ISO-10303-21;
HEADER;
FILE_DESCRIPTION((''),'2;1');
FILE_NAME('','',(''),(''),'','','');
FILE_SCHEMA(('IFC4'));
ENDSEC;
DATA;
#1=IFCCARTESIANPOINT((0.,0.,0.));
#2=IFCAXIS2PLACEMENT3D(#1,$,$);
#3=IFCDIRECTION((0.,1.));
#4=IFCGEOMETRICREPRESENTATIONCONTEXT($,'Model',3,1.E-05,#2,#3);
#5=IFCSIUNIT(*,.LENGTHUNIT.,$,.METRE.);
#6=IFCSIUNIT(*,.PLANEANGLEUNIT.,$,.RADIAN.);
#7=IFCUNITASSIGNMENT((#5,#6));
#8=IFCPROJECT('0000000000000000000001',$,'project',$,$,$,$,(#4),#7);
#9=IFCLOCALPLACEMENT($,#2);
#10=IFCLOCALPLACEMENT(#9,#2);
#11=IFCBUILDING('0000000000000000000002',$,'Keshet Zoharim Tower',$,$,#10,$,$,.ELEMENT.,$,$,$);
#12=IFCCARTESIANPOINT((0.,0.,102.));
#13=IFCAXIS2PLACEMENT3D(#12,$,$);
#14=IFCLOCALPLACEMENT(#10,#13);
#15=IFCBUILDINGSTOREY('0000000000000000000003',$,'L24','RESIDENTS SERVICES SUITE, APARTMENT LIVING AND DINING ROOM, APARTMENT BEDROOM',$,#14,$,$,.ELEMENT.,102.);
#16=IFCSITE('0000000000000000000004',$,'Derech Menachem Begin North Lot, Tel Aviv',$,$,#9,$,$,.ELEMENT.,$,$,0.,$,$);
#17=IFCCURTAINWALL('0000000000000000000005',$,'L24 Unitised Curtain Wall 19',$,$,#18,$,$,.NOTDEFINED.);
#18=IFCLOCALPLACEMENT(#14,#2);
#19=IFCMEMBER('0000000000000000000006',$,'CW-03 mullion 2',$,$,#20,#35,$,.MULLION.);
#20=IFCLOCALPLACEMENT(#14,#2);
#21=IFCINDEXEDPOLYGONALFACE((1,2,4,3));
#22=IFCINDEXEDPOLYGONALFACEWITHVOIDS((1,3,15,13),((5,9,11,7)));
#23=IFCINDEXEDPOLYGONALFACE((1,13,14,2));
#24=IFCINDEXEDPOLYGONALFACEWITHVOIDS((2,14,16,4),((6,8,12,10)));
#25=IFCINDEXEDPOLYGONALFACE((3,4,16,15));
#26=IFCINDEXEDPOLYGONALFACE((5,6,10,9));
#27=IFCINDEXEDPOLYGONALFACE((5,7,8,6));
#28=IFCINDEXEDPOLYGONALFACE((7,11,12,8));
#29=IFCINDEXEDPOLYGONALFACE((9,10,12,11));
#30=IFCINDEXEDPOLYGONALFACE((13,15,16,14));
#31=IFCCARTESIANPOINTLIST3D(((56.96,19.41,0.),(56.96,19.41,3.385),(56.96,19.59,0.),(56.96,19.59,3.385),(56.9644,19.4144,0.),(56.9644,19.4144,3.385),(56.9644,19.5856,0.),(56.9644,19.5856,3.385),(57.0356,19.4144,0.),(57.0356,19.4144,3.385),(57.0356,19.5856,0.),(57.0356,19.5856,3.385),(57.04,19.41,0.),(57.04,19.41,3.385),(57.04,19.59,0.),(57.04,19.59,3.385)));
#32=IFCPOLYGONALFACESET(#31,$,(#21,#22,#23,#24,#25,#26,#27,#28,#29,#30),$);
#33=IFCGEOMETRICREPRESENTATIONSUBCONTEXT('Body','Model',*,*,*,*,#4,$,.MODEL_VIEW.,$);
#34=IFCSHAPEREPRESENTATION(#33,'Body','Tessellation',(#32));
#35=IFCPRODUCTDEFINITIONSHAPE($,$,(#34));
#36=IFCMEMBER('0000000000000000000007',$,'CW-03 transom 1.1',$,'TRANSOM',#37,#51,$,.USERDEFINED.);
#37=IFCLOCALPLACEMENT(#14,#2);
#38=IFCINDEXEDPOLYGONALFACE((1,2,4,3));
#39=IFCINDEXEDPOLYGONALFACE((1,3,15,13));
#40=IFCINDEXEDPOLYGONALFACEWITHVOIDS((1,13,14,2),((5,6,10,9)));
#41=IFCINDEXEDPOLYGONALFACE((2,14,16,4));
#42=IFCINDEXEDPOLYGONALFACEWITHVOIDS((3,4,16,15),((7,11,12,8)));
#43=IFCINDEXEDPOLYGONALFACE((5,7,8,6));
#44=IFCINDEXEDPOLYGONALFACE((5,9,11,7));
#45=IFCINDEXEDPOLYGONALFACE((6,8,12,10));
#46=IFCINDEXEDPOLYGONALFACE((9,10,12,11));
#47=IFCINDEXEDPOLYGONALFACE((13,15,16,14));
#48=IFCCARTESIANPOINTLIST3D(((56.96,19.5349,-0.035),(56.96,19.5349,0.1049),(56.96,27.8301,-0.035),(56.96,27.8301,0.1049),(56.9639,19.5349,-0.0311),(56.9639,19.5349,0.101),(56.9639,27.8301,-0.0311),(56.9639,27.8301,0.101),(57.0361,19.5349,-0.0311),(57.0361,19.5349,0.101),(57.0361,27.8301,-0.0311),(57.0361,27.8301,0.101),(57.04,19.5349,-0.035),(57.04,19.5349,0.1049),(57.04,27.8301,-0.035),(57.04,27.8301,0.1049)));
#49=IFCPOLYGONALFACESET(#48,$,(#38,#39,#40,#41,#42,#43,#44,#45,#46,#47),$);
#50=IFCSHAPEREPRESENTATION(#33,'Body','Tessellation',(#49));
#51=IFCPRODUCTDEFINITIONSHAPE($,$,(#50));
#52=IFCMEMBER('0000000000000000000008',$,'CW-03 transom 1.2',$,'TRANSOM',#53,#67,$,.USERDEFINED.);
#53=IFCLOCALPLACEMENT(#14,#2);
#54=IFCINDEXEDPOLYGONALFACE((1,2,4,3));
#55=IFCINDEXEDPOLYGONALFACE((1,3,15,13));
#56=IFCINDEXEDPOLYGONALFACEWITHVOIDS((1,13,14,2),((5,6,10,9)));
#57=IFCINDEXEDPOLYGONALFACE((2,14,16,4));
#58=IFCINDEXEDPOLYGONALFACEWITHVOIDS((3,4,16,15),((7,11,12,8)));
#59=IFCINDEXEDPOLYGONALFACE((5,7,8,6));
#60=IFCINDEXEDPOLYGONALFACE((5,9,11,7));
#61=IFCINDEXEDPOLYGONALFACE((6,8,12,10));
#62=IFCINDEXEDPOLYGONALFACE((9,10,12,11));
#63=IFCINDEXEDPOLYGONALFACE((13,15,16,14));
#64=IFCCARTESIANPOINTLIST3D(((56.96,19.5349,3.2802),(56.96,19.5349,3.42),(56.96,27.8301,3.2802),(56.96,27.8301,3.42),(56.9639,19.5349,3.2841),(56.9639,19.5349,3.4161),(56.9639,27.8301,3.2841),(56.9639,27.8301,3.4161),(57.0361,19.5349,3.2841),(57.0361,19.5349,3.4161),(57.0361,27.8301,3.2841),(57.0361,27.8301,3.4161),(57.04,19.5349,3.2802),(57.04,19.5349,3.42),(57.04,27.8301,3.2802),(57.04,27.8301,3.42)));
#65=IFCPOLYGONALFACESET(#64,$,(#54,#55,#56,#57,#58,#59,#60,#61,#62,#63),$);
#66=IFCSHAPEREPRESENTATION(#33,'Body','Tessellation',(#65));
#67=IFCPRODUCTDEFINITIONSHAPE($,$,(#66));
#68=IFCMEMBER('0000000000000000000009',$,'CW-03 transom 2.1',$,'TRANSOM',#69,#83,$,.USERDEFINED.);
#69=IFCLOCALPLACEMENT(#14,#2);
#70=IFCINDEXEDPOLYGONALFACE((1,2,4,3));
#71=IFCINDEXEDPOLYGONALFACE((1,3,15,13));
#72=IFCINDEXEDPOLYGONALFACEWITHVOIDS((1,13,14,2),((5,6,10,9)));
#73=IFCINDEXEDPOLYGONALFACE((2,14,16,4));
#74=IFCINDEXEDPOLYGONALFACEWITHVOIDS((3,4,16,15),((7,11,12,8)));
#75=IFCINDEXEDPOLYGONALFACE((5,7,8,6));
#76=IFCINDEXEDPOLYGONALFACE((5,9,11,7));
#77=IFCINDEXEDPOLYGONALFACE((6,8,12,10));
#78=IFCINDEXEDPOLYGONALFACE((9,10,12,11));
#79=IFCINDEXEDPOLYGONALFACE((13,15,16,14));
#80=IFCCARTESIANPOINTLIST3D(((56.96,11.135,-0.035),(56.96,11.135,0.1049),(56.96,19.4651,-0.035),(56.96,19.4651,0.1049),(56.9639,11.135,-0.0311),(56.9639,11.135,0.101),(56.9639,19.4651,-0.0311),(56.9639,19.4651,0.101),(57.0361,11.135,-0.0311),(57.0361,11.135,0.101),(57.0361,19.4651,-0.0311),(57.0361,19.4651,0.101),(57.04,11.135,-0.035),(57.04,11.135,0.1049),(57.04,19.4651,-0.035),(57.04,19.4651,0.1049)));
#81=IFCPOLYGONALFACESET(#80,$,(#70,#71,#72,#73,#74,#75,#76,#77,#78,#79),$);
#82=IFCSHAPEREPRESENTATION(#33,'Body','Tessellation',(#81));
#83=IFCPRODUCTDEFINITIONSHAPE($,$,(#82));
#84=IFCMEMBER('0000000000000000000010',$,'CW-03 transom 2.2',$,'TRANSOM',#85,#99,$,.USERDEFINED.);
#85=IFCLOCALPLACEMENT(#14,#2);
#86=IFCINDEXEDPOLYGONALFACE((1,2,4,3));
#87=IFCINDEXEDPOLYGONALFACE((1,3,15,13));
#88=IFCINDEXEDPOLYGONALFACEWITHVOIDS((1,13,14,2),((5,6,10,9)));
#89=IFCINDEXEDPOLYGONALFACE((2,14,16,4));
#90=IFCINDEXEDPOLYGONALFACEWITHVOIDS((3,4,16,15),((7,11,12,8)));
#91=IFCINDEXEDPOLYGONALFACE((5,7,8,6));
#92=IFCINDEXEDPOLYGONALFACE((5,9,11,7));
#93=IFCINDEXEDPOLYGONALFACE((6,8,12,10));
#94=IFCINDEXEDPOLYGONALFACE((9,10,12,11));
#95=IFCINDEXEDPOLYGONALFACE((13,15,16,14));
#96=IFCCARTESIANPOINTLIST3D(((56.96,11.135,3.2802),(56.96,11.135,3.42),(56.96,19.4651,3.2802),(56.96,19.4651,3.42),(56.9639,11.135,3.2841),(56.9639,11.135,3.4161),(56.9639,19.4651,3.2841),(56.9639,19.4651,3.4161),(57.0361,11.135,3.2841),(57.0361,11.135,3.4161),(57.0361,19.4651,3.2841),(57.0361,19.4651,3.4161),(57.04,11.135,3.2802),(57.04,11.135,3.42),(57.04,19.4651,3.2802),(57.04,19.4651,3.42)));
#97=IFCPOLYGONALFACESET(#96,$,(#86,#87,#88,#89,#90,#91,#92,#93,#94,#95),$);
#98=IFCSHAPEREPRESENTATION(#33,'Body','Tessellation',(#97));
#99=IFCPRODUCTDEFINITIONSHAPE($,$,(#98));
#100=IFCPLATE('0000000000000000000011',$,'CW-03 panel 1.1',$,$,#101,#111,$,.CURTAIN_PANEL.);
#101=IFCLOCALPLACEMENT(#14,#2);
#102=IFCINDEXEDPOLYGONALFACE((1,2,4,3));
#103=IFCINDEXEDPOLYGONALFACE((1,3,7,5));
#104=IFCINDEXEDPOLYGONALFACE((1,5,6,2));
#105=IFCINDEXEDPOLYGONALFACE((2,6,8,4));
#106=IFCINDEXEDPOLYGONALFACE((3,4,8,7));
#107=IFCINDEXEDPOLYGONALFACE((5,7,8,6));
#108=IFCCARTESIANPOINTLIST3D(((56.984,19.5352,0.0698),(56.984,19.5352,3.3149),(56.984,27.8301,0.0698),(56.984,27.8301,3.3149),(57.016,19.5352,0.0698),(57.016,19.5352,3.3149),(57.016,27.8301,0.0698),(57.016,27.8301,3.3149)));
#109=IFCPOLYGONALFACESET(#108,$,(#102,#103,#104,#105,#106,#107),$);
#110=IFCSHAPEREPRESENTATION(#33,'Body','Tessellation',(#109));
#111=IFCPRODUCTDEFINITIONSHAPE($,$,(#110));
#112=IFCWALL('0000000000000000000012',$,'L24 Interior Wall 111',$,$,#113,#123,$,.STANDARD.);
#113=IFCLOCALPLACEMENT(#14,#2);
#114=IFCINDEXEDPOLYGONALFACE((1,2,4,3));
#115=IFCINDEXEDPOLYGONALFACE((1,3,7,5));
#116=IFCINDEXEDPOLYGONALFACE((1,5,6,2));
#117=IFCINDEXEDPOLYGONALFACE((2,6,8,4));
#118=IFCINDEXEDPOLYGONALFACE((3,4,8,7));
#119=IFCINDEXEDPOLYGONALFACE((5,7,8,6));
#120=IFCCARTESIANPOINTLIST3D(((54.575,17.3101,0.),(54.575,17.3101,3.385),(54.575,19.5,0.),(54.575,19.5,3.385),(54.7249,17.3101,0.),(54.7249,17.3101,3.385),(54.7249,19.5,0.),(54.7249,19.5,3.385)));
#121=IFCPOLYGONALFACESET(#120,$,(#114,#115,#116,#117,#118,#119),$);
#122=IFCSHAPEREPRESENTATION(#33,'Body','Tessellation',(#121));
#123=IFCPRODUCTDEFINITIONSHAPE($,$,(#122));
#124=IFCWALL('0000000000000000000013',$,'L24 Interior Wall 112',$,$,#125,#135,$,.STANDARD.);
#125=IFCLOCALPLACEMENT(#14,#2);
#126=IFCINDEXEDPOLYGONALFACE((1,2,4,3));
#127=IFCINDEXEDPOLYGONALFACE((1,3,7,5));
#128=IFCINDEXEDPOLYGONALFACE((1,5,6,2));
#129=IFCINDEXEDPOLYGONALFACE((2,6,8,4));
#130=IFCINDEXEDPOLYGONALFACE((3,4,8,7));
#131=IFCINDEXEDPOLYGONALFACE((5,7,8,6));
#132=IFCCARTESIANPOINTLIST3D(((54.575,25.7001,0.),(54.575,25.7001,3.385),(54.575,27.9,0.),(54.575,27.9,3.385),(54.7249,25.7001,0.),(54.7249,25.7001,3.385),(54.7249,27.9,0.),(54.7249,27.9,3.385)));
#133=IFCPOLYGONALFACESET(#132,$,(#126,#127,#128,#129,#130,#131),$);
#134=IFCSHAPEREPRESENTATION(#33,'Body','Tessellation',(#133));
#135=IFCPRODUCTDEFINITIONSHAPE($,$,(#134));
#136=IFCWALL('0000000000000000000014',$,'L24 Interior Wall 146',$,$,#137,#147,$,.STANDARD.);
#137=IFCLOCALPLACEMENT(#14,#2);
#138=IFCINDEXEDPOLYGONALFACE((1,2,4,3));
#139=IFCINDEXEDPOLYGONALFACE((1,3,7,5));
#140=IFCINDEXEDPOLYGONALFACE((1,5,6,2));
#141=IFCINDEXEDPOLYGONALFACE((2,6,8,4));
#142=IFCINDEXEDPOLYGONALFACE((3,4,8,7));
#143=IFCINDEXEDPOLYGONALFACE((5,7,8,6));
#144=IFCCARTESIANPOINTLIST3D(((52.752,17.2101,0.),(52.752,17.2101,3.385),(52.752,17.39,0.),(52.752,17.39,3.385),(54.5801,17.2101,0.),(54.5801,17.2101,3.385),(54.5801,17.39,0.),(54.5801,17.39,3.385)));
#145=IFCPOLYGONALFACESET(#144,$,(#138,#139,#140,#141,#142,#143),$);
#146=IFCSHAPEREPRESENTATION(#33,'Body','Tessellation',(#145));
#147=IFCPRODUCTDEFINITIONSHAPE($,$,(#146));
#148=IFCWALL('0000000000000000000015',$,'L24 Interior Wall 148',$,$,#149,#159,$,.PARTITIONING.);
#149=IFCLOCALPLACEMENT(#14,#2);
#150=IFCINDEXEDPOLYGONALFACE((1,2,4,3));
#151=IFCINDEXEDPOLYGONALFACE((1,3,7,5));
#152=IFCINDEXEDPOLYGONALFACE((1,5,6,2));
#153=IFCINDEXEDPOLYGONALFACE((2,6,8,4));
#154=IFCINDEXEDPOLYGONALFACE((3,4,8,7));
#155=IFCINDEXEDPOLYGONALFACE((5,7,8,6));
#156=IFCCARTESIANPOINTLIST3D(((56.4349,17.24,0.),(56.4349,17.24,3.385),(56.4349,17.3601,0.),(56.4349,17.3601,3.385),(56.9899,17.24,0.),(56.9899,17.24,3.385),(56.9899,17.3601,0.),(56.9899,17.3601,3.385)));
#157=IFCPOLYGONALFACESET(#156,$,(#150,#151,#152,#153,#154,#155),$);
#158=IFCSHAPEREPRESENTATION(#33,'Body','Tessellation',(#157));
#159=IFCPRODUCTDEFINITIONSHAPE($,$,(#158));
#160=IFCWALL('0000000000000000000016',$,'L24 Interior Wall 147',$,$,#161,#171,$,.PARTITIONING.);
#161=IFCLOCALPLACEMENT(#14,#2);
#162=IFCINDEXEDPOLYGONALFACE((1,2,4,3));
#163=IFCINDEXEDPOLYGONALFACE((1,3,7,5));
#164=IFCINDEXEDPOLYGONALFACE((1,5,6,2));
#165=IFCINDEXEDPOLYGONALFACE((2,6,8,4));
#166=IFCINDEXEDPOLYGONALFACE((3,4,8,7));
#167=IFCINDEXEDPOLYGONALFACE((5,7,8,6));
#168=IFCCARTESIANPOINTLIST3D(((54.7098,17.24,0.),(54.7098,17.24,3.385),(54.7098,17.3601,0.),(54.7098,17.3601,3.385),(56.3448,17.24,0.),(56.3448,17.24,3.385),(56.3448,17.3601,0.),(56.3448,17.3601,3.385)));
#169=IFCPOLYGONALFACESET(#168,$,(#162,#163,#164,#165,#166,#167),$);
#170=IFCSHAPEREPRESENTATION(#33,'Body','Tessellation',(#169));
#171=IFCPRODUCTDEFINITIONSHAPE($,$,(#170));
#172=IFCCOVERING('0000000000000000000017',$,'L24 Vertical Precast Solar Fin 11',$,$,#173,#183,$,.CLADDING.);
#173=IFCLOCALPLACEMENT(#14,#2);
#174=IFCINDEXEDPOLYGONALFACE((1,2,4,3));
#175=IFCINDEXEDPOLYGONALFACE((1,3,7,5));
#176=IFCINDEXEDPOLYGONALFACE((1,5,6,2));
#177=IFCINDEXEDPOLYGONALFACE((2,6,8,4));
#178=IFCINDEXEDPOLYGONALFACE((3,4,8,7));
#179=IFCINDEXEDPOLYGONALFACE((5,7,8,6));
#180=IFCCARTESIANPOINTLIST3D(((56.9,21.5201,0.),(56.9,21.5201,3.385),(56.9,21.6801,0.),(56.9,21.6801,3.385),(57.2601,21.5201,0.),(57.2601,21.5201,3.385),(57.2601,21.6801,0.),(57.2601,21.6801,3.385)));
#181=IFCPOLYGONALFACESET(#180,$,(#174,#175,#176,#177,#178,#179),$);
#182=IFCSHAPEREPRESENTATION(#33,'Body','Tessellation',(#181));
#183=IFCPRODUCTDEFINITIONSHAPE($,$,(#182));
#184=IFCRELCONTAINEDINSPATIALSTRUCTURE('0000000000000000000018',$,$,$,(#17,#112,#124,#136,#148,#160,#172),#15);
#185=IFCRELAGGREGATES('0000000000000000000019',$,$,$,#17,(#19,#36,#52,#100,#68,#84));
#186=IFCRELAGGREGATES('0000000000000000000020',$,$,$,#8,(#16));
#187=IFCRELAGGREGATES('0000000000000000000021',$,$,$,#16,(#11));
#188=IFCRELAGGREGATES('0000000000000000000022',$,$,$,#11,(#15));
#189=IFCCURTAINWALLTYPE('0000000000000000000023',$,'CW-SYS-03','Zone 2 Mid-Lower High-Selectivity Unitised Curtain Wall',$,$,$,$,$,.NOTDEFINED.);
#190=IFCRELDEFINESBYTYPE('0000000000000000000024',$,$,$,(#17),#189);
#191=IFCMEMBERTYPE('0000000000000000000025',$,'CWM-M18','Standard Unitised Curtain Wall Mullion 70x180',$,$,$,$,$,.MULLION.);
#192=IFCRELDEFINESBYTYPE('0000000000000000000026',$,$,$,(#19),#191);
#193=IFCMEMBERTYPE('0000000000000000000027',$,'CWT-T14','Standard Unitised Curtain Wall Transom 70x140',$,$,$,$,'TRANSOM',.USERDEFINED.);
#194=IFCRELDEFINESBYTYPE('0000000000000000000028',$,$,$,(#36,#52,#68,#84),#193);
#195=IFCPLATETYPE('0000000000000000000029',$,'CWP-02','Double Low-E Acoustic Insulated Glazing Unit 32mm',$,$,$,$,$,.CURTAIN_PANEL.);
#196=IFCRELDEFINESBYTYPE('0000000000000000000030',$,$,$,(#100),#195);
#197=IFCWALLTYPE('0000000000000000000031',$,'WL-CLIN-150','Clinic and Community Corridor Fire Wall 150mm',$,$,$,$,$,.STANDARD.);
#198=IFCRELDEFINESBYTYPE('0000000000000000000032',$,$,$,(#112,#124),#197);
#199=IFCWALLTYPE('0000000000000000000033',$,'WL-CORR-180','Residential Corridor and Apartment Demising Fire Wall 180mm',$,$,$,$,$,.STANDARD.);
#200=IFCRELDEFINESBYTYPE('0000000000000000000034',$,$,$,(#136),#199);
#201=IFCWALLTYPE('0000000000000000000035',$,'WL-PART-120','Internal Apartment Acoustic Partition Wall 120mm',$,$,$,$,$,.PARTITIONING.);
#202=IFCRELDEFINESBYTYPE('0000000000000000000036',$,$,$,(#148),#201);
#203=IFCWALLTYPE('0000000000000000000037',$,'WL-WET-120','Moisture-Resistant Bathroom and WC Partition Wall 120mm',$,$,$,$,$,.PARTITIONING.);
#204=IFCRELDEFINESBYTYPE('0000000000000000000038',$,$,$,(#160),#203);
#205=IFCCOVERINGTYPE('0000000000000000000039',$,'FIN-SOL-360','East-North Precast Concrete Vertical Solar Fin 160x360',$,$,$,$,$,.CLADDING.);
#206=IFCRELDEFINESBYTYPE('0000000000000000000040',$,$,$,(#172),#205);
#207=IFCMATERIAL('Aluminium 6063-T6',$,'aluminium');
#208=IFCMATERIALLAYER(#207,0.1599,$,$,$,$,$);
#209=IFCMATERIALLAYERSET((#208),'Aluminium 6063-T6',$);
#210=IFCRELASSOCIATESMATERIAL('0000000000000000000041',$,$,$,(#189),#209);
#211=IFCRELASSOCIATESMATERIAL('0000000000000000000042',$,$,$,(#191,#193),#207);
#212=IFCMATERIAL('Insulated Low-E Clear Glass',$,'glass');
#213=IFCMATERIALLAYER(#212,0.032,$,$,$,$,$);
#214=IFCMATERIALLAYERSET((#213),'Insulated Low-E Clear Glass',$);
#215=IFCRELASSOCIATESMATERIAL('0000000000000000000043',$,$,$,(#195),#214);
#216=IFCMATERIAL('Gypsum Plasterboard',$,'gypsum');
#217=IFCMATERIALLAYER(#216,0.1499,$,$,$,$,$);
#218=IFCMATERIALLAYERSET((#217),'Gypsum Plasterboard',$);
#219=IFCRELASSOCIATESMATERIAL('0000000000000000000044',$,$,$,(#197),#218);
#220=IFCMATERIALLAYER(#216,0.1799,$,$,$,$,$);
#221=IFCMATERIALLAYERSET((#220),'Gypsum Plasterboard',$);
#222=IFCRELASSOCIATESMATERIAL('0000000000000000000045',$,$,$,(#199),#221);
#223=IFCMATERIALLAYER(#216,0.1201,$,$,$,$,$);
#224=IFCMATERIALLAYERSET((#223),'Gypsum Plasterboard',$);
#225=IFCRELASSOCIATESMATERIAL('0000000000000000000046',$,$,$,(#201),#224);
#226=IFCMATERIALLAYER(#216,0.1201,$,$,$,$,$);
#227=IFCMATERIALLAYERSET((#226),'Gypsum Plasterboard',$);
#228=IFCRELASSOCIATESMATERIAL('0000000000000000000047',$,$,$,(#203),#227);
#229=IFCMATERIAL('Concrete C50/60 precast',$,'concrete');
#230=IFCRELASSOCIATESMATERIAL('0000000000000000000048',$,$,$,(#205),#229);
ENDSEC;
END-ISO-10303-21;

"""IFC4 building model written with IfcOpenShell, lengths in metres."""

from ifc_helpers import new_model, si_unit, direction, frame, frame_2d, origin, origin_2d, place, context, subcontext, project, spatial, rectangle, hollow_rectangle, extrude, material, layer, layer_set, material_profile, profile_set, type_object, element, aggregate, save


model = new_model("IFC4")

# Units and contexts
model_context = context("Model", 3, precision=1e-05, world=origin(), true_north=direction((0.0, 1.0)))
body_context = subcontext(model_context, "Body", "Model", "MODEL_VIEW")
ifc_project = project(units=[si_unit("LENGTHUNIT", "METRE"), si_unit("PLANEANGLEUNIT", "RADIAN")], contexts=[model_context])

# Site, building, storey
site_placement = place(None, origin())
site = spatial("IfcSite", under=ifc_project, at=site_placement, Name="Derech Menachem Begin North Lot, Tel Aviv", CompositionType="ELEMENT", RefElevation=0.0)
building_placement = place(site_placement, origin())
building = spatial("IfcBuilding", under=site, at=building_placement, Name="Keshet Zoharim Tower", CompositionType="ELEMENT")
storey_placement = place(building_placement, frame((0.0, 0.0, 102.0)))
storey = spatial("IfcBuildingStorey", under=building, at=storey_placement, Name="L24", Description="RESIDENTS SERVICES SUITE, APARTMENT LIVING AND DINING ROOM, APARTMENT BEDROOM", CompositionType="ELEMENT", Elevation=102.0)

# Curtain wall, members, plate
ifc_material_1 = material(Name="Aluminium 6063-T6", Category="aluminium")
ifc_layer_1 = layer(ifc_material_1, 0.1599)
ifc_layer_set_1 = layer_set([ifc_layer_1], Name="Aluminium 6063-T6")
curtain_wall_type = type_object("IfcCurtainWallType", Name="CW-SYS-03", Description="Zone 2 Mid-Lower High-Selectivity Unitised Curtain Wall", PredefinedType="NOTDEFINED", material=ifc_layer_set_1)
curtain_wall_placement = place(storey_placement, origin())
curtain_wall = element("IfcCurtainWall", 1, at=curtain_wall_placement, inside=storey, type_object=curtain_wall_type, Name="L24 Unitised Curtain Wall 19", PredefinedType="NOTDEFINED")
ifc_material_profile_1 = material_profile(ifc_material_1, hollow_rectangle(XDim=0.0801, YDim=0.1799, WallThickness=0.0044, at=origin_2d()), Name="MUL-80x180")
ifc_profile_set_1 = profile_set([ifc_material_profile_1], Name="Aluminium 6063-T6")
member_type_1 = type_object("IfcMemberType", Name="CWM-M18", Description="Standard Unitised Curtain Wall Mullion 70x180", PredefinedType="MULLION", material=ifc_profile_set_1)
member_1_placement = place(storey_placement, frame((57.0, 19.5, 0.0), z_axis=(0.0, 0.0, 1.0), x_axis=(1.0, 0.0, 0.0)))
member_1 = element("IfcMember", 2, at=member_1_placement, type_object=member_type_1, Name="CW-03 mullion 2", PredefinedType="MULLION", context=body_context, shape_type="SweptSolid", body=[
    extrude(hollow_rectangle(XDim=0.0801, YDim=0.1799, WallThickness=0.0044, at=origin_2d()), origin(), (0.0, 0.0, 1.0), 3.385),
])
ifc_material_profile_2 = material_profile(ifc_material_1, hollow_rectangle(XDim=0.0801, YDim=0.1399, WallThickness=0.0039, at=origin_2d()), Name="TRN-80x140")
ifc_profile_set_2 = profile_set([ifc_material_profile_2], Name="Aluminium 6063-T6")
member_type_2 = type_object("IfcMemberType", Name="CWT-T14", Description="Standard Unitised Curtain Wall Transom 70x140", ElementType="TRANSOM", PredefinedType="USERDEFINED", material=ifc_profile_set_2)
member_2_placement = place(storey_placement, frame((57.0, 27.8301, 0.0349), z_axis=(0.0, -1.0, 0.0), x_axis=(1.0, 0.0, 0.0)))
member_2 = element("IfcMember", 3, at=member_2_placement, type_object=member_type_2, Name="CW-03 transom 1.1", ObjectType="TRANSOM", PredefinedType="USERDEFINED", context=body_context, shape_type="SweptSolid", body=[
    extrude(hollow_rectangle(XDim=0.0801, YDim=0.1399, WallThickness=0.0039, at=origin_2d()), origin(), (0.0, 0.0, 1.0), 8.2952),
])
member_3_placement = place(storey_placement, frame((57.0, 27.8301, 3.3501), z_axis=(0.0, -1.0, 0.0), x_axis=(1.0, 0.0, 0.0)))
member_3 = element("IfcMember", 4, at=member_3_placement, type_object=member_type_2, Name="CW-03 transom 1.2", ObjectType="TRANSOM", PredefinedType="USERDEFINED", context=body_context, shape_type="SweptSolid", body=[
    extrude(hollow_rectangle(XDim=0.0801, YDim=0.1399, WallThickness=0.0039, at=origin_2d()), origin(), (0.0, 0.0, 1.0), 8.2952),
])
member_4_placement = place(storey_placement, frame((57.0, 19.4651, 0.0349), z_axis=(0.0, -1.0, 0.0), x_axis=(1.0, 0.0, 0.0)))
member_4 = element("IfcMember", 5, at=member_4_placement, type_object=member_type_2, Name="CW-03 transom 2.1", ObjectType="TRANSOM", PredefinedType="USERDEFINED", context=body_context, shape_type="SweptSolid", body=[
    extrude(hollow_rectangle(XDim=0.0801, YDim=0.1399, WallThickness=0.0039, at=origin_2d()), origin(), (0.0, 0.0, 1.0), 8.3301),
])
member_5_placement = place(storey_placement, frame((57.0, 19.4651, 3.3501), z_axis=(0.0, -1.0, 0.0), x_axis=(1.0, 0.0, 0.0)))
member_5 = element("IfcMember", 6, at=member_5_placement, type_object=member_type_2, Name="CW-03 transom 2.2", ObjectType="TRANSOM", PredefinedType="USERDEFINED", context=body_context, shape_type="SweptSolid", body=[
    extrude(hollow_rectangle(XDim=0.0801, YDim=0.1399, WallThickness=0.0039, at=origin_2d()), origin(), (0.0, 0.0, 1.0), 8.3301),
])
ifc_material_2 = material(Name="Insulated Low-E Clear Glass", Category="glass")
ifc_layer_2 = layer(ifc_material_2, 0.032)
ifc_layer_set_2 = layer_set([ifc_layer_2], Name="Insulated Low-E Clear Glass")
plate_type = type_object("IfcPlateType", Name="CWP-02", Description="Double Low-E Acoustic Insulated Glazing Unit 32mm", PredefinedType="CURTAIN_PANEL", material=ifc_layer_set_2)
plate_placement = place(storey_placement, frame((57.0, 23.6826, 0.0698), z_axis=(0.0, 0.0, 1.0), x_axis=(0.0, -1.0, 0.0)))
plate = element("IfcPlate", 7, at=plate_placement, type_object=plate_type, Name="CW-03 panel 1.1", PredefinedType="CURTAIN_PANEL", context=body_context, shape_type="SweptSolid", body=[
    extrude(rectangle(XDim=8.2949, YDim=0.032, at=origin_2d()), origin(), (0.0, 0.0, 1.0), 3.2451),
])
aggregate(curtain_wall, [member_1, member_2, member_3, plate, member_4, member_5])

# Walls
ifc_material_3 = material(Name="Gypsum Plasterboard", Category="gypsum")
ifc_layer_3 = layer(ifc_material_3, 0.1499)
ifc_layer_set_3 = layer_set([ifc_layer_3], Name="Gypsum Plasterboard")
wall_type_1 = type_object("IfcWallType", Name="WL-CLIN-150", Description="Clinic and Community Corridor Fire Wall 150mm", PredefinedType="STANDARD", material=ifc_layer_set_3)
wall_1_placement = place(storey_placement, frame((54.6499, 17.3101, 0.0), z_axis=(0.0, 0.0, 1.0), x_axis=(0.0, 1.0, 0.0)))
element("IfcWall", 8, at=wall_1_placement, inside=storey, type_object=wall_type_1, Name="L24 Interior Wall 111", PredefinedType="STANDARD", context=body_context, shape_type="SweptSolid", body=[
    extrude(rectangle(XDim=2.1899, YDim=0.1499, at=frame_2d((1.095, 0.0))), origin(), (0.0, 0.0, 1.0), 3.385),
])
wall_2_placement = place(storey_placement, frame((54.6499, 25.7, 0.0), z_axis=(0.0, 0.0, 1.0), x_axis=(0.0, 1.0, 0.0)))
element("IfcWall", 9, at=wall_2_placement, inside=storey, type_object=wall_type_1, Name="L24 Interior Wall 112", PredefinedType="STANDARD", context=body_context, shape_type="SweptSolid", body=[
    extrude(rectangle(XDim=2.2, YDim=0.1499, at=frame_2d((1.1001, 0.0))), origin(), (0.0, 0.0, 1.0), 3.385),
])
ifc_layer_4 = layer(ifc_material_3, 0.1799)
ifc_layer_set_4 = layer_set([ifc_layer_4], Name="Gypsum Plasterboard")
wall_type_2 = type_object("IfcWallType", Name="WL-CORR-180", Description="Residential Corridor and Apartment Demising Fire Wall 180mm", PredefinedType="STANDARD", material=ifc_layer_set_4)
wall_3_placement = place(storey_placement, frame((52.752, 17.3, 0.0), z_axis=(0.0, 0.0, 1.0), x_axis=(1.0, 0.0, 0.0)))
element("IfcWall", 10, at=wall_3_placement, inside=storey, type_object=wall_type_2, Name="L24 Interior Wall 146", PredefinedType="STANDARD", context=body_context, shape_type="SweptSolid", body=[
    extrude(rectangle(XDim=1.8281, YDim=0.1799, at=frame_2d((0.9141, 0.0))), origin(), (0.0, 0.0, 1.0), 3.385),
])
ifc_layer_5 = layer(ifc_material_3, 0.1201)
ifc_layer_set_5 = layer_set([ifc_layer_5], Name="Gypsum Plasterboard")
wall_type_3 = type_object("IfcWallType", Name="WL-PART-120", Description="Internal Apartment Acoustic Partition Wall 120mm", PredefinedType="PARTITIONING", material=ifc_layer_set_5)
wall_4_placement = place(storey_placement, frame((56.4351, 17.3, 0.0), z_axis=(0.0, 0.0, 1.0), x_axis=(1.0, 0.0, 0.0)))
element("IfcWall", 11, at=wall_4_placement, inside=storey, type_object=wall_type_3, Name="L24 Interior Wall 148", PredefinedType="PARTITIONING", context=body_context, shape_type="SweptSolid", body=[
    extrude(rectangle(XDim=0.5549, YDim=0.1201, at=frame_2d((0.2773, 0.0))), origin(), (0.0, 0.0, 1.0), 3.385),
])
ifc_layer_6 = layer(ifc_material_3, 0.1201)
ifc_layer_set_6 = layer_set([ifc_layer_6], Name="Gypsum Plasterboard")
wall_type_4 = type_object("IfcWallType", Name="WL-WET-120", Description="Moisture-Resistant Bathroom and WC Partition Wall 120mm", PredefinedType="PARTITIONING", material=ifc_layer_set_6)
wall_5_placement = place(storey_placement, frame((54.71, 17.3, 0.0), z_axis=(0.0, 0.0, 1.0), x_axis=(1.0, 0.0, 0.0)))
element("IfcWall", 12, at=wall_5_placement, inside=storey, type_object=wall_type_4, Name="L24 Interior Wall 147", PredefinedType="PARTITIONING", context=body_context, shape_type="SweptSolid", body=[
    extrude(rectangle(XDim=1.635, YDim=0.1201, at=frame_2d((0.8174, 0.0))), origin(), (0.0, 0.0, 1.0), 3.385),
])

# Covering
ifc_material_4 = material(Name="Concrete C50/60 precast", Category="concrete")
covering_type = type_object("IfcCoveringType", Name="FIN-SOL-360", Description="East-North Precast Concrete Vertical Solar Fin 160x360", PredefinedType="CLADDING", material=ifc_material_4)
covering_placement = place(storey_placement, frame((57.0801, 21.6001, 0.0), z_axis=(0.0, 0.0, 1.0), x_axis=(0.0, -1.0, 0.0)))
element("IfcCovering", 13, at=covering_placement, inside=storey, type_object=covering_type, Name="L24 Vertical Precast Solar Fin 11", PredefinedType="CLADDING", context=body_context, shape_type="SweptSolid", body=[
    extrude(rectangle(XDim=0.1599, YDim=0.3601, at=origin_2d()), origin(), (0.0, 0.0, 1.0), 3.385),
])

save(model, "model.ifc")
